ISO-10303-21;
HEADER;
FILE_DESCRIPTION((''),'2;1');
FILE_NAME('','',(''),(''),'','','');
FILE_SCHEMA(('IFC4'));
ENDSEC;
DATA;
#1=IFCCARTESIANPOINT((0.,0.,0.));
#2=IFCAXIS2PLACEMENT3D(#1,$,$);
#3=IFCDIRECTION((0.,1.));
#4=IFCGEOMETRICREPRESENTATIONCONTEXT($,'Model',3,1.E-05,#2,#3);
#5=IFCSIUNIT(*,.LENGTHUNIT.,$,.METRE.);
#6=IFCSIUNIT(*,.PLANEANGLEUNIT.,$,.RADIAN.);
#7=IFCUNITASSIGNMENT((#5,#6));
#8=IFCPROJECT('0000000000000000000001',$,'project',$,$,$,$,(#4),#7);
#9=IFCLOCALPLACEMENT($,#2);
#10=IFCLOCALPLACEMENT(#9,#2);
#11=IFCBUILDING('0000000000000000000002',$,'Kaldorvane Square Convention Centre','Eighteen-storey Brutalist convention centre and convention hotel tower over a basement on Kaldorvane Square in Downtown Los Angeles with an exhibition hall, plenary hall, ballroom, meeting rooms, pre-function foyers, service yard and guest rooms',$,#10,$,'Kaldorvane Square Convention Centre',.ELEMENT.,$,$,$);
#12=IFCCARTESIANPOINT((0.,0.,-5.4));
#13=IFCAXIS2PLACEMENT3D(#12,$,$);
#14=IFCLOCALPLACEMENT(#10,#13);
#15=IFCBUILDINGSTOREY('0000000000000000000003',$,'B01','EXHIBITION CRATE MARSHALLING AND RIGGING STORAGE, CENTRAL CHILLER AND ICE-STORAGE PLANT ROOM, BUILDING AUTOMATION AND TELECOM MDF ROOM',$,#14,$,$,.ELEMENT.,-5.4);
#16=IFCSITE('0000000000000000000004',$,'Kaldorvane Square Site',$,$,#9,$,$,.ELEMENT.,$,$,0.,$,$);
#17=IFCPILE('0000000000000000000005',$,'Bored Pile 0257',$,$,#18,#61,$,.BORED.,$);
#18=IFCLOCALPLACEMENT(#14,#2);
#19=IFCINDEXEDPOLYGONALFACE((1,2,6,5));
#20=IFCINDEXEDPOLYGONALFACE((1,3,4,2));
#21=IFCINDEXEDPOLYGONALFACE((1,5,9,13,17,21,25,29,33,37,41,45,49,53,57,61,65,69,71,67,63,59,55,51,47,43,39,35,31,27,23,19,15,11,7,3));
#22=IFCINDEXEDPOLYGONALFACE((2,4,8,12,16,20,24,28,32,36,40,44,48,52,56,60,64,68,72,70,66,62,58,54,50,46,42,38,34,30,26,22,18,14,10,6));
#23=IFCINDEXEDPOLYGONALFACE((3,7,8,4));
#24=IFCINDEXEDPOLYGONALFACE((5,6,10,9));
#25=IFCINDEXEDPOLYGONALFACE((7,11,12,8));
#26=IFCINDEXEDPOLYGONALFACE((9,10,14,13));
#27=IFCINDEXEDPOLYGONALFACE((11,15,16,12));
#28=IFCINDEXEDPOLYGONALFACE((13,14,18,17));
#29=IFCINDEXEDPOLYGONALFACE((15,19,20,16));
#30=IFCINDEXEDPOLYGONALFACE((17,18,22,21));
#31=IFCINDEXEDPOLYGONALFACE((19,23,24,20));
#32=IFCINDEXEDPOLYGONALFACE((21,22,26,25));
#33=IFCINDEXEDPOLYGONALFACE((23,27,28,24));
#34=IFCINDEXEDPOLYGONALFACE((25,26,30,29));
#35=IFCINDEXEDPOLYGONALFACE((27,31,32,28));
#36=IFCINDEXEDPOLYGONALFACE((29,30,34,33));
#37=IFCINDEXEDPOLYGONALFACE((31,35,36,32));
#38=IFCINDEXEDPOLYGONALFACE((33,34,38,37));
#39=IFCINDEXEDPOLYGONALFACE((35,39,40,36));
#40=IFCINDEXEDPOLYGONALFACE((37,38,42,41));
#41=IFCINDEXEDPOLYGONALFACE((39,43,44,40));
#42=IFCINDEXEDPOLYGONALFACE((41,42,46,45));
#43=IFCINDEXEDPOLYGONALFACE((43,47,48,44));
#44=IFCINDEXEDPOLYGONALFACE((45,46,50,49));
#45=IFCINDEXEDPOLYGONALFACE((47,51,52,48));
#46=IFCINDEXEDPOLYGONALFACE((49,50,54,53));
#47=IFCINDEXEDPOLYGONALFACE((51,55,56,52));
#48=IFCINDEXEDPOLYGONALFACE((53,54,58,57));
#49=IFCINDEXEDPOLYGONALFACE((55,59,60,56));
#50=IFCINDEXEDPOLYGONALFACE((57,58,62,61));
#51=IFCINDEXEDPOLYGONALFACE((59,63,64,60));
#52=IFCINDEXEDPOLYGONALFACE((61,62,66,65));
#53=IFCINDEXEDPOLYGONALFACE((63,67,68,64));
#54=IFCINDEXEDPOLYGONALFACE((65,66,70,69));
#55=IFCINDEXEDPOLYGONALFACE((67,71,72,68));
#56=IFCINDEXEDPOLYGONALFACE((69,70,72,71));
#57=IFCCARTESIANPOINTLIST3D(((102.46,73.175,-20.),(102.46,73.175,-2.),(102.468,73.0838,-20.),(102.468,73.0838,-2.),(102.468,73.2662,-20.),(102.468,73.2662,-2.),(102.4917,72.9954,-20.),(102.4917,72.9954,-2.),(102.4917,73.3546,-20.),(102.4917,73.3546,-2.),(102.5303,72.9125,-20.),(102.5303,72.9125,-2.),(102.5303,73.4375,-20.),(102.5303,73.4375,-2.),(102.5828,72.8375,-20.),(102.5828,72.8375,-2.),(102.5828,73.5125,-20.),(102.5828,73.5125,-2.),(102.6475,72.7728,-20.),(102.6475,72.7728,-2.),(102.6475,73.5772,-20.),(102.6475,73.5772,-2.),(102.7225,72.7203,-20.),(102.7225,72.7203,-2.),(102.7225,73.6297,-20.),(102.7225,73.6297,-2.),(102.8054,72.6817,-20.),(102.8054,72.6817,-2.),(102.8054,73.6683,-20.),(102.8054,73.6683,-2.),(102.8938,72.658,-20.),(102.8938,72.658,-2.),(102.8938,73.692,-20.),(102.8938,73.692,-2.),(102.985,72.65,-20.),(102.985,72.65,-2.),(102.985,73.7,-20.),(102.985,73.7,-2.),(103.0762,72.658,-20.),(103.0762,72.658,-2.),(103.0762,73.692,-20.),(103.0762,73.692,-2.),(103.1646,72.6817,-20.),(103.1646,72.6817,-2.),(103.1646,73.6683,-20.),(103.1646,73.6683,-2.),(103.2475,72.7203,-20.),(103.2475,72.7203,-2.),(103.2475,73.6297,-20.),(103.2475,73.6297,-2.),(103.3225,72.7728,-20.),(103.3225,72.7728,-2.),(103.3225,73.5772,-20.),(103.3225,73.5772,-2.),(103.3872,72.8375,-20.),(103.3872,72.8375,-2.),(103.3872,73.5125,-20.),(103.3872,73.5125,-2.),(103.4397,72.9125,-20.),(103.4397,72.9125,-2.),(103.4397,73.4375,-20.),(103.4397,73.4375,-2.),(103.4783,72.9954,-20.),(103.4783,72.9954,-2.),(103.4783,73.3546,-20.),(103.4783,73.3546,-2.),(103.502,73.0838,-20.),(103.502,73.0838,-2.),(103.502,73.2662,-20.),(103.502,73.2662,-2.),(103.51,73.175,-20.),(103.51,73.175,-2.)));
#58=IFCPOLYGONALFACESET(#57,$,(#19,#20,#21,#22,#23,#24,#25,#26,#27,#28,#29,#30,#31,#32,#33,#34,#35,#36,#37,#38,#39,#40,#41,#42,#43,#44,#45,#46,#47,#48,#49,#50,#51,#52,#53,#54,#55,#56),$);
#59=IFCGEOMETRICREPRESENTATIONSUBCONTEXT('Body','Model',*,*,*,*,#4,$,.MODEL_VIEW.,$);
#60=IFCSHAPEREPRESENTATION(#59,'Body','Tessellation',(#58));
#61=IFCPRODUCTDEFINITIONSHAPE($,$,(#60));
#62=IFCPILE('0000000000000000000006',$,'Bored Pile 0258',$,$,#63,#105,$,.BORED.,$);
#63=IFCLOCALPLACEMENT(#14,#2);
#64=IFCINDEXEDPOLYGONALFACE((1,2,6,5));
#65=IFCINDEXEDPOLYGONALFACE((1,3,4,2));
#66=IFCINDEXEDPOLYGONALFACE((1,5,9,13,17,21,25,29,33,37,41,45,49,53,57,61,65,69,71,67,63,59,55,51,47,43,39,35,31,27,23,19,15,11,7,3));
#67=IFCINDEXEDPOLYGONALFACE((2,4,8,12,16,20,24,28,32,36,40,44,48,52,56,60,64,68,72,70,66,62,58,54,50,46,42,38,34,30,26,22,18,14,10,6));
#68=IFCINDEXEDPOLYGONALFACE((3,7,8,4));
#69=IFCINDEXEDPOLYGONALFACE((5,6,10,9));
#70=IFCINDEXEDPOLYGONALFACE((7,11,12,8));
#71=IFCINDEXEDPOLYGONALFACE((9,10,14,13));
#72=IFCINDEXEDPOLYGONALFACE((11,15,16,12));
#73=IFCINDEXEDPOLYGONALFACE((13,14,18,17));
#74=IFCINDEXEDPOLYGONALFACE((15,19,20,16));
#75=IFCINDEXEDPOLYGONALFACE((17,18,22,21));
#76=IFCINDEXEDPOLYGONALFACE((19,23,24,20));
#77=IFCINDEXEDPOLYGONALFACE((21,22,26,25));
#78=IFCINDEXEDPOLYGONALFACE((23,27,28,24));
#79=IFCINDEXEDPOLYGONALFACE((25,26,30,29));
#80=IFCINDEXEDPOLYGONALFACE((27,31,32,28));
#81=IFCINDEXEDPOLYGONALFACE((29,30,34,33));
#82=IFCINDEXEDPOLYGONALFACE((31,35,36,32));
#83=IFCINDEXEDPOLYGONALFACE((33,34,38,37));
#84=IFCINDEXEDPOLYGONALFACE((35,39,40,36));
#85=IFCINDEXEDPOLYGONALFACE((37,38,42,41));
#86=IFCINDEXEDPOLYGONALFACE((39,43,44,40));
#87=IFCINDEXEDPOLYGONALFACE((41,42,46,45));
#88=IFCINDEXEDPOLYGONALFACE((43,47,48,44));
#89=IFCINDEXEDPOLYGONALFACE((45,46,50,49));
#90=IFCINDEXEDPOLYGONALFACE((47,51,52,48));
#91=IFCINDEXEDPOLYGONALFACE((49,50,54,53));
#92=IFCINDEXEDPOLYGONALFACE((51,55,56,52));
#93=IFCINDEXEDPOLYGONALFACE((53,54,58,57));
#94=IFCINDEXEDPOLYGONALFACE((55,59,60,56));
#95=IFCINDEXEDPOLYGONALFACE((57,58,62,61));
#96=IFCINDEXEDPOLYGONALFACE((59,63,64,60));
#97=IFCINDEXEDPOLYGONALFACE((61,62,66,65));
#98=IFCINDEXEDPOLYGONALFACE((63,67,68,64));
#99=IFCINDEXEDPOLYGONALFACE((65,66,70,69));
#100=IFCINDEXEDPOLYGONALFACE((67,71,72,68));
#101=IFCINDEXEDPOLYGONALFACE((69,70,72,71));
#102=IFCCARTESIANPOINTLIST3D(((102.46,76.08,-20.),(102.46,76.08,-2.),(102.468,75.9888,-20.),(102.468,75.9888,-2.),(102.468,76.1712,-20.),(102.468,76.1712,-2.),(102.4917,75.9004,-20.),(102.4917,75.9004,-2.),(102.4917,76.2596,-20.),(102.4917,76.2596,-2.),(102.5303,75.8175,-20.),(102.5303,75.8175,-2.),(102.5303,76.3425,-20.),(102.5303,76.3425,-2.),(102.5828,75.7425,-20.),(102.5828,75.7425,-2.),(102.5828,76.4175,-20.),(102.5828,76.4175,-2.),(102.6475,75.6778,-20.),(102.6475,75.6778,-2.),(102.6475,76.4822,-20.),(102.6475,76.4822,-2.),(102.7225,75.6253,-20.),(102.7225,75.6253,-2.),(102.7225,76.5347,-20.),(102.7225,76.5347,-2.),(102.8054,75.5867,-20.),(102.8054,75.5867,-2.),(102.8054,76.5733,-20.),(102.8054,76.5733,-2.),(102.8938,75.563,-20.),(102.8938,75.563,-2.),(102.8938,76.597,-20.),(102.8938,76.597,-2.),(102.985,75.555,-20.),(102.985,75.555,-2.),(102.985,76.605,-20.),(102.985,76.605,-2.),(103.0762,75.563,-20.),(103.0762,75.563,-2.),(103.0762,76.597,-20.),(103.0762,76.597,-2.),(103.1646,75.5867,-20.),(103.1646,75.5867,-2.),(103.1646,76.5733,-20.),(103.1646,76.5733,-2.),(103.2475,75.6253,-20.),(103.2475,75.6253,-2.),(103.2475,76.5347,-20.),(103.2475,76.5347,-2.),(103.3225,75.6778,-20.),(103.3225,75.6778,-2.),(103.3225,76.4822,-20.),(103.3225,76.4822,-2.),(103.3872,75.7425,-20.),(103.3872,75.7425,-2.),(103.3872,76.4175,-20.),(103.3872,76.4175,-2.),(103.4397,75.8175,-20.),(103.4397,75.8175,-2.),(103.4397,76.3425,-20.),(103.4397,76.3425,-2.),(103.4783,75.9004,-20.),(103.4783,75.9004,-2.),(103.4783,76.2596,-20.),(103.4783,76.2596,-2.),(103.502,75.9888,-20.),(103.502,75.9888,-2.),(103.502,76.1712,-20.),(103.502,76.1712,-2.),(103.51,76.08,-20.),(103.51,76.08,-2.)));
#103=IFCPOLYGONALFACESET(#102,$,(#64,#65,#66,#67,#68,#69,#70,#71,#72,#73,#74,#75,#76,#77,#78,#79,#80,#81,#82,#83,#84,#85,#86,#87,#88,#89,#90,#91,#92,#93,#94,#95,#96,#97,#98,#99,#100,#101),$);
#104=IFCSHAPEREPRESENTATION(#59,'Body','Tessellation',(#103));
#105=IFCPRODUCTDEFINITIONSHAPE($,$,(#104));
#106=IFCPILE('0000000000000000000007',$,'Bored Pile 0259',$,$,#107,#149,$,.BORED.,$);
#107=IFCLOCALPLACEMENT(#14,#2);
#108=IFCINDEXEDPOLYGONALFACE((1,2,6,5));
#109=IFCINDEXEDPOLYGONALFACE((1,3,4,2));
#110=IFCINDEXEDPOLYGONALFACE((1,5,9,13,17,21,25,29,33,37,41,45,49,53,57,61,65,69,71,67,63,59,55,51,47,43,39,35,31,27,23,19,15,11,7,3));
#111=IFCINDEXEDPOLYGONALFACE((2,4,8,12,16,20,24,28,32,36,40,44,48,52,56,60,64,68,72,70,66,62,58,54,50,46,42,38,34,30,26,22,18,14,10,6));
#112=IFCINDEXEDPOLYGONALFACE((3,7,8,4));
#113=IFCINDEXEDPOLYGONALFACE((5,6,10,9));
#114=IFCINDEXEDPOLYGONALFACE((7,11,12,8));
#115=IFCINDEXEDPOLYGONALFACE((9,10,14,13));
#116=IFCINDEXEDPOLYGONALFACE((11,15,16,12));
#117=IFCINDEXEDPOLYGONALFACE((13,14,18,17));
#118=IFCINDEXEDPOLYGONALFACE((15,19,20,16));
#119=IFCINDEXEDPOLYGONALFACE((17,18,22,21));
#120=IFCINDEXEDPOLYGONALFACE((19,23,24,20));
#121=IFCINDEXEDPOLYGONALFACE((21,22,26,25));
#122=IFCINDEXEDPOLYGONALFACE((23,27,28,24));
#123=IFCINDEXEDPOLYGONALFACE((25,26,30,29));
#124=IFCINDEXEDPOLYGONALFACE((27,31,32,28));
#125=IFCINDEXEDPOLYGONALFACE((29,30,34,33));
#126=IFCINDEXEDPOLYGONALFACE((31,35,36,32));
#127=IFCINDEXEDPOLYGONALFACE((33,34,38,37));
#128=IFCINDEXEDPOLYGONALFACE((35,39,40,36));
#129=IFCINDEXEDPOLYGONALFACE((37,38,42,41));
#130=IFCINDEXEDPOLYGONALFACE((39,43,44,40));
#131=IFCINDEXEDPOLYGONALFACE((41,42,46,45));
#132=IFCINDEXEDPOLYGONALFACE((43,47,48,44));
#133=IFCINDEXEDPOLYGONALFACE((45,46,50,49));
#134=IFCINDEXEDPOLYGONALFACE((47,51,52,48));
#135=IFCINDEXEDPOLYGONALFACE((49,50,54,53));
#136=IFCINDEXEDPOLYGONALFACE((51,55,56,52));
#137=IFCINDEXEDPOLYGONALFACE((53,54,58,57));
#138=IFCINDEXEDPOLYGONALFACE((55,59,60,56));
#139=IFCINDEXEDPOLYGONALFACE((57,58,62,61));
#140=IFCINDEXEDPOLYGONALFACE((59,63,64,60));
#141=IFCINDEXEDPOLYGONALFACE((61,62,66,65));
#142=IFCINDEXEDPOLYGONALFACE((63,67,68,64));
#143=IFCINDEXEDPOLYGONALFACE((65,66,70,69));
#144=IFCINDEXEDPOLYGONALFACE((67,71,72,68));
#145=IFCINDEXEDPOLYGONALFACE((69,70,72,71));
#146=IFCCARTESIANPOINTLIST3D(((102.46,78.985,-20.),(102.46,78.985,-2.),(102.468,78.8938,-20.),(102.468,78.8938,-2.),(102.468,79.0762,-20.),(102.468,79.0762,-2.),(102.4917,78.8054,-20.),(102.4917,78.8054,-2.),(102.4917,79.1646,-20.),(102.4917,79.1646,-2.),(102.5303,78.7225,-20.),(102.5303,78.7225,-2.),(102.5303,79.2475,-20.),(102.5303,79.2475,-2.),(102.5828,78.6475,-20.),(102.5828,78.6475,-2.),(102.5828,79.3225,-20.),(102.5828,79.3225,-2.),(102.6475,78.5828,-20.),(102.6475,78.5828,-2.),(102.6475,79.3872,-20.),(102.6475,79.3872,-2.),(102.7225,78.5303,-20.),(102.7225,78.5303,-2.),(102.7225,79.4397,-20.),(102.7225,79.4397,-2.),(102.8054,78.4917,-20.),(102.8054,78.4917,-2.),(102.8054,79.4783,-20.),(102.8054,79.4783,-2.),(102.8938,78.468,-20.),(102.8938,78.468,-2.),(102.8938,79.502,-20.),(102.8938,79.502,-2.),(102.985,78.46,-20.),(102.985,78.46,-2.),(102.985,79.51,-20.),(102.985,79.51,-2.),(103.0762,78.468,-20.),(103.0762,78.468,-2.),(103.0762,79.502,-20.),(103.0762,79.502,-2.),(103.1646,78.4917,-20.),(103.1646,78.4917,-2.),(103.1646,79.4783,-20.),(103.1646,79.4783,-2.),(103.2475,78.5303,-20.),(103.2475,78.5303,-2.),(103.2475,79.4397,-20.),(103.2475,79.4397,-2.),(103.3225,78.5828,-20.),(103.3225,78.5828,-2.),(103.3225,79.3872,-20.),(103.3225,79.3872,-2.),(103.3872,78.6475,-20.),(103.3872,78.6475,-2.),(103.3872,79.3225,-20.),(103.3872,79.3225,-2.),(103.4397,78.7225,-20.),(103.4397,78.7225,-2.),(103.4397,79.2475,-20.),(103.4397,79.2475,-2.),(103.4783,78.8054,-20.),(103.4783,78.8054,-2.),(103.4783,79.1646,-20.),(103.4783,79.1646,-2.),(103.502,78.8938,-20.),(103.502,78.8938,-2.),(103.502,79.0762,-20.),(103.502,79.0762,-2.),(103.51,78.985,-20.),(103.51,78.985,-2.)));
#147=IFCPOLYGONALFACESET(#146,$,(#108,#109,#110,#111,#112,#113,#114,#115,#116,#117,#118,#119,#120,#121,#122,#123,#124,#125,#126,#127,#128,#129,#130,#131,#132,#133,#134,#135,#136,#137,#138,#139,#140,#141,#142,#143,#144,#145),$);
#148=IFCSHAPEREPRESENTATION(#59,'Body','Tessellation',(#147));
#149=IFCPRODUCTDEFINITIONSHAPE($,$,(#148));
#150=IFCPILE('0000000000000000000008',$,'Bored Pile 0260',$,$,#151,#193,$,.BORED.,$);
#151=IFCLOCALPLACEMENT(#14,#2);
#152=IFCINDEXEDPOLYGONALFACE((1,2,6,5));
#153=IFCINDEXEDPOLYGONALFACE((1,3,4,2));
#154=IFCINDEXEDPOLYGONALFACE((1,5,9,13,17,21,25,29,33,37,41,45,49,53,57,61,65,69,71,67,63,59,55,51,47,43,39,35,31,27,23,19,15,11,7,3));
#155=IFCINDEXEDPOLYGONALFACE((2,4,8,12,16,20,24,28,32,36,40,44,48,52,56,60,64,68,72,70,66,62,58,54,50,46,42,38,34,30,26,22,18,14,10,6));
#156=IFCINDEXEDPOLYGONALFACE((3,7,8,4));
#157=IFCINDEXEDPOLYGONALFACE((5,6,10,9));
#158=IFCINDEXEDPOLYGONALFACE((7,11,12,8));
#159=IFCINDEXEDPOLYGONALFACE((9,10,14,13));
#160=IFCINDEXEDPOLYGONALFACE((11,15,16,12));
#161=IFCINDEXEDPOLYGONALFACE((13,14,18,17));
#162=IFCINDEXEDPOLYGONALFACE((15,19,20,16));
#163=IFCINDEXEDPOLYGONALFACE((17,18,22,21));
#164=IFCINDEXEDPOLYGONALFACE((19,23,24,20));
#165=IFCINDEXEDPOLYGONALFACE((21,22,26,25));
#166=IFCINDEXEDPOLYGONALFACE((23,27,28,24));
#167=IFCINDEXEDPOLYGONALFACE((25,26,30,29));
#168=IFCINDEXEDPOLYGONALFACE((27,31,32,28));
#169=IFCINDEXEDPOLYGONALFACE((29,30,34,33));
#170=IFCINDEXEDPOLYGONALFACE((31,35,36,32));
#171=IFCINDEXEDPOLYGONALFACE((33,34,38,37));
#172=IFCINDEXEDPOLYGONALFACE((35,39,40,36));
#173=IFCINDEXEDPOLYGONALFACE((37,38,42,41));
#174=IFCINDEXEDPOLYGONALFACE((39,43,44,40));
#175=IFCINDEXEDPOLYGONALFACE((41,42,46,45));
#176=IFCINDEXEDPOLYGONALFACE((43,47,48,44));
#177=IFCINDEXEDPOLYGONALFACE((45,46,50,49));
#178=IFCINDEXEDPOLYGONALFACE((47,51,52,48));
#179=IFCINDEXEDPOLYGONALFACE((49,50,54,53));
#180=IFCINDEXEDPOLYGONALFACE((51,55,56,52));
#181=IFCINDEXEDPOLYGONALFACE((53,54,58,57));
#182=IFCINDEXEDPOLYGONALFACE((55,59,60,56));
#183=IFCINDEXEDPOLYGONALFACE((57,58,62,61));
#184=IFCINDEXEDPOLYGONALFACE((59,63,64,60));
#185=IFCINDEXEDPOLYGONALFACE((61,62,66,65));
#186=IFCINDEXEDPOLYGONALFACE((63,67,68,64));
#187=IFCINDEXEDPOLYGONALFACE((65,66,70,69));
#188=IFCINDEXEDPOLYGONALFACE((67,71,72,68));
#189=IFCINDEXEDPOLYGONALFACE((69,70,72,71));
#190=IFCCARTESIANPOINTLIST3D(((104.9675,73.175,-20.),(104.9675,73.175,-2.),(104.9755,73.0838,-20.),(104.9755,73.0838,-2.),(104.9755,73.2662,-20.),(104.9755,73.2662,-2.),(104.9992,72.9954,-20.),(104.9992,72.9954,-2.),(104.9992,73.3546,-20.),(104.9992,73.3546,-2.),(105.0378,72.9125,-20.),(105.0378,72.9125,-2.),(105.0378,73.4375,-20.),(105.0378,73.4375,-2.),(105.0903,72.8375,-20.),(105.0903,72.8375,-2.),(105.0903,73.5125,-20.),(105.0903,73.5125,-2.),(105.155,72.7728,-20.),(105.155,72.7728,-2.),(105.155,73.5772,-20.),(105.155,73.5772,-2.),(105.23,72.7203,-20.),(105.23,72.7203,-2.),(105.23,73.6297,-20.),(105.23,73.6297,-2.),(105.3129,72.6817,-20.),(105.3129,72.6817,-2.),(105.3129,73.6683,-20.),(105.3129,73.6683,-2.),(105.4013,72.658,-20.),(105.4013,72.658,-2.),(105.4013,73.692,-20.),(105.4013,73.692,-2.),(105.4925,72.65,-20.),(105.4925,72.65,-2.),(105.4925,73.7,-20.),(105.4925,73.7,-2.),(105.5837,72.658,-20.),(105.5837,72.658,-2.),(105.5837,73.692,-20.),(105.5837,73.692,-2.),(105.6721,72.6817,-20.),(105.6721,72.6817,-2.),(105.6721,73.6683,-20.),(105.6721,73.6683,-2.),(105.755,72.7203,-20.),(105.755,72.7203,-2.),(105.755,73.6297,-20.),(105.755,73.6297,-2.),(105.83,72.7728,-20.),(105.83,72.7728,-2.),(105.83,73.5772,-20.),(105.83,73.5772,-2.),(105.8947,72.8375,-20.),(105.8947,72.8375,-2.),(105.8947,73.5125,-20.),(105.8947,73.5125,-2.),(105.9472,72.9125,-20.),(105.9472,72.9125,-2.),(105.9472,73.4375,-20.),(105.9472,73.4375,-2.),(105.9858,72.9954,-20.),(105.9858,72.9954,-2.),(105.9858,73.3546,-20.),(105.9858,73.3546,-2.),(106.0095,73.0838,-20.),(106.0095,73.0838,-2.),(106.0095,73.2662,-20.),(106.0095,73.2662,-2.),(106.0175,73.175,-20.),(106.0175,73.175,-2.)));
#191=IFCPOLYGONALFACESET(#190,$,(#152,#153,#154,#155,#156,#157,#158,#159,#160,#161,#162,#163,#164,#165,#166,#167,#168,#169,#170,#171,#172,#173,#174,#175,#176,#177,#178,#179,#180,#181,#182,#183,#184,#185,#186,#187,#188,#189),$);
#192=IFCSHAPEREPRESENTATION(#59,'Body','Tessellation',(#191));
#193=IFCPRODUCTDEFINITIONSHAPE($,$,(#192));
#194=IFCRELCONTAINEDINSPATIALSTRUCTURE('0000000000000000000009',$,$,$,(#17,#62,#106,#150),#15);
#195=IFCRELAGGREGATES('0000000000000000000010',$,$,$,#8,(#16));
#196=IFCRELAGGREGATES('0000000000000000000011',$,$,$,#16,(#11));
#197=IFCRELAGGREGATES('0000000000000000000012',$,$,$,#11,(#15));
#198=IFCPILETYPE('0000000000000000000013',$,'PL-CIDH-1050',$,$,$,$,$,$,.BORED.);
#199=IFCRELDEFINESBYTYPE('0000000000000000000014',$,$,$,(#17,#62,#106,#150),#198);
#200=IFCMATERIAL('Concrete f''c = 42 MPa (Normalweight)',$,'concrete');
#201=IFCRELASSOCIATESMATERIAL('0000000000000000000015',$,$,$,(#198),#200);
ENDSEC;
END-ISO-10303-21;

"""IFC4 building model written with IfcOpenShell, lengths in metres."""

from ifc_helpers import new_model, si_unit, direction, frame, origin, origin_2d, place, context, subcontext, project, spatial, circle, extrude, material, material_profile, profile_set, type_object, element, save


model = new_model("IFC4")

# Units and contexts
model_context = context("Model", 3, precision=1e-05, world=origin(), true_north=direction((0.0, 1.0)))
body_context = subcontext(model_context, "Body", "Model", "MODEL_VIEW")
ifc_project = project(units=[si_unit("LENGTHUNIT", "METRE"), si_unit("PLANEANGLEUNIT", "RADIAN")], contexts=[model_context])

# Site, building, storey
site_placement = place(None, origin())
site = spatial("IfcSite", under=ifc_project, at=site_placement, Name="Kaldorvane Square Site", CompositionType="ELEMENT", RefElevation=0.0)
building_placement = place(site_placement, origin())
building = spatial("IfcBuilding", under=site, at=building_placement, Name="Kaldorvane Square Convention Centre", Description="Eighteen-storey Brutalist convention centre and convention hotel tower over a basement on Kaldorvane Square in Downtown Los Angeles with an exhibition hall, plenary hall, ballroom, meeting rooms, pre-function foyers, service yard and guest rooms", LongName="Kaldorvane Square Convention Centre", CompositionType="ELEMENT")
storey_placement = place(building_placement, frame((0.0, 0.0, -5.4)))
storey = spatial("IfcBuildingStorey", under=building, at=storey_placement, Name="B01", Description="EXHIBITION CRATE MARSHALLING AND RIGGING STORAGE, CENTRAL CHILLER AND ICE-STORAGE PLANT ROOM, BUILDING AUTOMATION AND TELECOM MDF ROOM", CompositionType="ELEMENT", Elevation=-5.4)

# Piles
ifc_material_1 = material(Name="Concrete f'c = 42 MPa (Normalweight)", Category="concrete")
ifc_material_profile_1 = material_profile(ifc_material_1, circle(Radius=0.525, at=origin_2d()), Name="PILE-D1050")
ifc_profile_set_1 = profile_set([ifc_material_profile_1], Name="Concrete f'c = 42 MPa (Normalweight)")
pile_type_1 = type_object("IfcPileType", Name="PL-CIDH-1050", PredefinedType="BORED", material=ifc_profile_set_1)
for number, where, z_axis, x_axis, name in (
    (1, (102.985, 73.175, -2.0), (0.0, 0.0, -1.0), (1.0, 0.0, 0.0), "Bored Pile 0257"),
    (2, (102.985, 76.08, -2.0), (0.0, 0.0, -1.0), (1.0, 0.0, 0.0), "Bored Pile 0258"),
    (3, (102.985, 78.985, -2.0), (0.0, 0.0, -1.0), (1.0, 0.0, 0.0), "Bored Pile 0259"),
    (4, (105.4925, 73.175, -2.0), (0.0, 0.0, -1.0), (1.0, 0.0, 0.0), "Bored Pile 0260"),
):
    element("IfcPile", number, at=place(storey_placement, frame(where, z_axis=z_axis, x_axis=x_axis)), inside=storey, type_object=pile_type_1, Name=name, PredefinedType="BORED", context=body_context, shape_type="SweptSolid", body=[
        extrude(circle(Radius=0.525, at=origin_2d()), origin(), (0.0, 0.0, 1.0), 18.0),
    ])

save(model, "model.ifc")
